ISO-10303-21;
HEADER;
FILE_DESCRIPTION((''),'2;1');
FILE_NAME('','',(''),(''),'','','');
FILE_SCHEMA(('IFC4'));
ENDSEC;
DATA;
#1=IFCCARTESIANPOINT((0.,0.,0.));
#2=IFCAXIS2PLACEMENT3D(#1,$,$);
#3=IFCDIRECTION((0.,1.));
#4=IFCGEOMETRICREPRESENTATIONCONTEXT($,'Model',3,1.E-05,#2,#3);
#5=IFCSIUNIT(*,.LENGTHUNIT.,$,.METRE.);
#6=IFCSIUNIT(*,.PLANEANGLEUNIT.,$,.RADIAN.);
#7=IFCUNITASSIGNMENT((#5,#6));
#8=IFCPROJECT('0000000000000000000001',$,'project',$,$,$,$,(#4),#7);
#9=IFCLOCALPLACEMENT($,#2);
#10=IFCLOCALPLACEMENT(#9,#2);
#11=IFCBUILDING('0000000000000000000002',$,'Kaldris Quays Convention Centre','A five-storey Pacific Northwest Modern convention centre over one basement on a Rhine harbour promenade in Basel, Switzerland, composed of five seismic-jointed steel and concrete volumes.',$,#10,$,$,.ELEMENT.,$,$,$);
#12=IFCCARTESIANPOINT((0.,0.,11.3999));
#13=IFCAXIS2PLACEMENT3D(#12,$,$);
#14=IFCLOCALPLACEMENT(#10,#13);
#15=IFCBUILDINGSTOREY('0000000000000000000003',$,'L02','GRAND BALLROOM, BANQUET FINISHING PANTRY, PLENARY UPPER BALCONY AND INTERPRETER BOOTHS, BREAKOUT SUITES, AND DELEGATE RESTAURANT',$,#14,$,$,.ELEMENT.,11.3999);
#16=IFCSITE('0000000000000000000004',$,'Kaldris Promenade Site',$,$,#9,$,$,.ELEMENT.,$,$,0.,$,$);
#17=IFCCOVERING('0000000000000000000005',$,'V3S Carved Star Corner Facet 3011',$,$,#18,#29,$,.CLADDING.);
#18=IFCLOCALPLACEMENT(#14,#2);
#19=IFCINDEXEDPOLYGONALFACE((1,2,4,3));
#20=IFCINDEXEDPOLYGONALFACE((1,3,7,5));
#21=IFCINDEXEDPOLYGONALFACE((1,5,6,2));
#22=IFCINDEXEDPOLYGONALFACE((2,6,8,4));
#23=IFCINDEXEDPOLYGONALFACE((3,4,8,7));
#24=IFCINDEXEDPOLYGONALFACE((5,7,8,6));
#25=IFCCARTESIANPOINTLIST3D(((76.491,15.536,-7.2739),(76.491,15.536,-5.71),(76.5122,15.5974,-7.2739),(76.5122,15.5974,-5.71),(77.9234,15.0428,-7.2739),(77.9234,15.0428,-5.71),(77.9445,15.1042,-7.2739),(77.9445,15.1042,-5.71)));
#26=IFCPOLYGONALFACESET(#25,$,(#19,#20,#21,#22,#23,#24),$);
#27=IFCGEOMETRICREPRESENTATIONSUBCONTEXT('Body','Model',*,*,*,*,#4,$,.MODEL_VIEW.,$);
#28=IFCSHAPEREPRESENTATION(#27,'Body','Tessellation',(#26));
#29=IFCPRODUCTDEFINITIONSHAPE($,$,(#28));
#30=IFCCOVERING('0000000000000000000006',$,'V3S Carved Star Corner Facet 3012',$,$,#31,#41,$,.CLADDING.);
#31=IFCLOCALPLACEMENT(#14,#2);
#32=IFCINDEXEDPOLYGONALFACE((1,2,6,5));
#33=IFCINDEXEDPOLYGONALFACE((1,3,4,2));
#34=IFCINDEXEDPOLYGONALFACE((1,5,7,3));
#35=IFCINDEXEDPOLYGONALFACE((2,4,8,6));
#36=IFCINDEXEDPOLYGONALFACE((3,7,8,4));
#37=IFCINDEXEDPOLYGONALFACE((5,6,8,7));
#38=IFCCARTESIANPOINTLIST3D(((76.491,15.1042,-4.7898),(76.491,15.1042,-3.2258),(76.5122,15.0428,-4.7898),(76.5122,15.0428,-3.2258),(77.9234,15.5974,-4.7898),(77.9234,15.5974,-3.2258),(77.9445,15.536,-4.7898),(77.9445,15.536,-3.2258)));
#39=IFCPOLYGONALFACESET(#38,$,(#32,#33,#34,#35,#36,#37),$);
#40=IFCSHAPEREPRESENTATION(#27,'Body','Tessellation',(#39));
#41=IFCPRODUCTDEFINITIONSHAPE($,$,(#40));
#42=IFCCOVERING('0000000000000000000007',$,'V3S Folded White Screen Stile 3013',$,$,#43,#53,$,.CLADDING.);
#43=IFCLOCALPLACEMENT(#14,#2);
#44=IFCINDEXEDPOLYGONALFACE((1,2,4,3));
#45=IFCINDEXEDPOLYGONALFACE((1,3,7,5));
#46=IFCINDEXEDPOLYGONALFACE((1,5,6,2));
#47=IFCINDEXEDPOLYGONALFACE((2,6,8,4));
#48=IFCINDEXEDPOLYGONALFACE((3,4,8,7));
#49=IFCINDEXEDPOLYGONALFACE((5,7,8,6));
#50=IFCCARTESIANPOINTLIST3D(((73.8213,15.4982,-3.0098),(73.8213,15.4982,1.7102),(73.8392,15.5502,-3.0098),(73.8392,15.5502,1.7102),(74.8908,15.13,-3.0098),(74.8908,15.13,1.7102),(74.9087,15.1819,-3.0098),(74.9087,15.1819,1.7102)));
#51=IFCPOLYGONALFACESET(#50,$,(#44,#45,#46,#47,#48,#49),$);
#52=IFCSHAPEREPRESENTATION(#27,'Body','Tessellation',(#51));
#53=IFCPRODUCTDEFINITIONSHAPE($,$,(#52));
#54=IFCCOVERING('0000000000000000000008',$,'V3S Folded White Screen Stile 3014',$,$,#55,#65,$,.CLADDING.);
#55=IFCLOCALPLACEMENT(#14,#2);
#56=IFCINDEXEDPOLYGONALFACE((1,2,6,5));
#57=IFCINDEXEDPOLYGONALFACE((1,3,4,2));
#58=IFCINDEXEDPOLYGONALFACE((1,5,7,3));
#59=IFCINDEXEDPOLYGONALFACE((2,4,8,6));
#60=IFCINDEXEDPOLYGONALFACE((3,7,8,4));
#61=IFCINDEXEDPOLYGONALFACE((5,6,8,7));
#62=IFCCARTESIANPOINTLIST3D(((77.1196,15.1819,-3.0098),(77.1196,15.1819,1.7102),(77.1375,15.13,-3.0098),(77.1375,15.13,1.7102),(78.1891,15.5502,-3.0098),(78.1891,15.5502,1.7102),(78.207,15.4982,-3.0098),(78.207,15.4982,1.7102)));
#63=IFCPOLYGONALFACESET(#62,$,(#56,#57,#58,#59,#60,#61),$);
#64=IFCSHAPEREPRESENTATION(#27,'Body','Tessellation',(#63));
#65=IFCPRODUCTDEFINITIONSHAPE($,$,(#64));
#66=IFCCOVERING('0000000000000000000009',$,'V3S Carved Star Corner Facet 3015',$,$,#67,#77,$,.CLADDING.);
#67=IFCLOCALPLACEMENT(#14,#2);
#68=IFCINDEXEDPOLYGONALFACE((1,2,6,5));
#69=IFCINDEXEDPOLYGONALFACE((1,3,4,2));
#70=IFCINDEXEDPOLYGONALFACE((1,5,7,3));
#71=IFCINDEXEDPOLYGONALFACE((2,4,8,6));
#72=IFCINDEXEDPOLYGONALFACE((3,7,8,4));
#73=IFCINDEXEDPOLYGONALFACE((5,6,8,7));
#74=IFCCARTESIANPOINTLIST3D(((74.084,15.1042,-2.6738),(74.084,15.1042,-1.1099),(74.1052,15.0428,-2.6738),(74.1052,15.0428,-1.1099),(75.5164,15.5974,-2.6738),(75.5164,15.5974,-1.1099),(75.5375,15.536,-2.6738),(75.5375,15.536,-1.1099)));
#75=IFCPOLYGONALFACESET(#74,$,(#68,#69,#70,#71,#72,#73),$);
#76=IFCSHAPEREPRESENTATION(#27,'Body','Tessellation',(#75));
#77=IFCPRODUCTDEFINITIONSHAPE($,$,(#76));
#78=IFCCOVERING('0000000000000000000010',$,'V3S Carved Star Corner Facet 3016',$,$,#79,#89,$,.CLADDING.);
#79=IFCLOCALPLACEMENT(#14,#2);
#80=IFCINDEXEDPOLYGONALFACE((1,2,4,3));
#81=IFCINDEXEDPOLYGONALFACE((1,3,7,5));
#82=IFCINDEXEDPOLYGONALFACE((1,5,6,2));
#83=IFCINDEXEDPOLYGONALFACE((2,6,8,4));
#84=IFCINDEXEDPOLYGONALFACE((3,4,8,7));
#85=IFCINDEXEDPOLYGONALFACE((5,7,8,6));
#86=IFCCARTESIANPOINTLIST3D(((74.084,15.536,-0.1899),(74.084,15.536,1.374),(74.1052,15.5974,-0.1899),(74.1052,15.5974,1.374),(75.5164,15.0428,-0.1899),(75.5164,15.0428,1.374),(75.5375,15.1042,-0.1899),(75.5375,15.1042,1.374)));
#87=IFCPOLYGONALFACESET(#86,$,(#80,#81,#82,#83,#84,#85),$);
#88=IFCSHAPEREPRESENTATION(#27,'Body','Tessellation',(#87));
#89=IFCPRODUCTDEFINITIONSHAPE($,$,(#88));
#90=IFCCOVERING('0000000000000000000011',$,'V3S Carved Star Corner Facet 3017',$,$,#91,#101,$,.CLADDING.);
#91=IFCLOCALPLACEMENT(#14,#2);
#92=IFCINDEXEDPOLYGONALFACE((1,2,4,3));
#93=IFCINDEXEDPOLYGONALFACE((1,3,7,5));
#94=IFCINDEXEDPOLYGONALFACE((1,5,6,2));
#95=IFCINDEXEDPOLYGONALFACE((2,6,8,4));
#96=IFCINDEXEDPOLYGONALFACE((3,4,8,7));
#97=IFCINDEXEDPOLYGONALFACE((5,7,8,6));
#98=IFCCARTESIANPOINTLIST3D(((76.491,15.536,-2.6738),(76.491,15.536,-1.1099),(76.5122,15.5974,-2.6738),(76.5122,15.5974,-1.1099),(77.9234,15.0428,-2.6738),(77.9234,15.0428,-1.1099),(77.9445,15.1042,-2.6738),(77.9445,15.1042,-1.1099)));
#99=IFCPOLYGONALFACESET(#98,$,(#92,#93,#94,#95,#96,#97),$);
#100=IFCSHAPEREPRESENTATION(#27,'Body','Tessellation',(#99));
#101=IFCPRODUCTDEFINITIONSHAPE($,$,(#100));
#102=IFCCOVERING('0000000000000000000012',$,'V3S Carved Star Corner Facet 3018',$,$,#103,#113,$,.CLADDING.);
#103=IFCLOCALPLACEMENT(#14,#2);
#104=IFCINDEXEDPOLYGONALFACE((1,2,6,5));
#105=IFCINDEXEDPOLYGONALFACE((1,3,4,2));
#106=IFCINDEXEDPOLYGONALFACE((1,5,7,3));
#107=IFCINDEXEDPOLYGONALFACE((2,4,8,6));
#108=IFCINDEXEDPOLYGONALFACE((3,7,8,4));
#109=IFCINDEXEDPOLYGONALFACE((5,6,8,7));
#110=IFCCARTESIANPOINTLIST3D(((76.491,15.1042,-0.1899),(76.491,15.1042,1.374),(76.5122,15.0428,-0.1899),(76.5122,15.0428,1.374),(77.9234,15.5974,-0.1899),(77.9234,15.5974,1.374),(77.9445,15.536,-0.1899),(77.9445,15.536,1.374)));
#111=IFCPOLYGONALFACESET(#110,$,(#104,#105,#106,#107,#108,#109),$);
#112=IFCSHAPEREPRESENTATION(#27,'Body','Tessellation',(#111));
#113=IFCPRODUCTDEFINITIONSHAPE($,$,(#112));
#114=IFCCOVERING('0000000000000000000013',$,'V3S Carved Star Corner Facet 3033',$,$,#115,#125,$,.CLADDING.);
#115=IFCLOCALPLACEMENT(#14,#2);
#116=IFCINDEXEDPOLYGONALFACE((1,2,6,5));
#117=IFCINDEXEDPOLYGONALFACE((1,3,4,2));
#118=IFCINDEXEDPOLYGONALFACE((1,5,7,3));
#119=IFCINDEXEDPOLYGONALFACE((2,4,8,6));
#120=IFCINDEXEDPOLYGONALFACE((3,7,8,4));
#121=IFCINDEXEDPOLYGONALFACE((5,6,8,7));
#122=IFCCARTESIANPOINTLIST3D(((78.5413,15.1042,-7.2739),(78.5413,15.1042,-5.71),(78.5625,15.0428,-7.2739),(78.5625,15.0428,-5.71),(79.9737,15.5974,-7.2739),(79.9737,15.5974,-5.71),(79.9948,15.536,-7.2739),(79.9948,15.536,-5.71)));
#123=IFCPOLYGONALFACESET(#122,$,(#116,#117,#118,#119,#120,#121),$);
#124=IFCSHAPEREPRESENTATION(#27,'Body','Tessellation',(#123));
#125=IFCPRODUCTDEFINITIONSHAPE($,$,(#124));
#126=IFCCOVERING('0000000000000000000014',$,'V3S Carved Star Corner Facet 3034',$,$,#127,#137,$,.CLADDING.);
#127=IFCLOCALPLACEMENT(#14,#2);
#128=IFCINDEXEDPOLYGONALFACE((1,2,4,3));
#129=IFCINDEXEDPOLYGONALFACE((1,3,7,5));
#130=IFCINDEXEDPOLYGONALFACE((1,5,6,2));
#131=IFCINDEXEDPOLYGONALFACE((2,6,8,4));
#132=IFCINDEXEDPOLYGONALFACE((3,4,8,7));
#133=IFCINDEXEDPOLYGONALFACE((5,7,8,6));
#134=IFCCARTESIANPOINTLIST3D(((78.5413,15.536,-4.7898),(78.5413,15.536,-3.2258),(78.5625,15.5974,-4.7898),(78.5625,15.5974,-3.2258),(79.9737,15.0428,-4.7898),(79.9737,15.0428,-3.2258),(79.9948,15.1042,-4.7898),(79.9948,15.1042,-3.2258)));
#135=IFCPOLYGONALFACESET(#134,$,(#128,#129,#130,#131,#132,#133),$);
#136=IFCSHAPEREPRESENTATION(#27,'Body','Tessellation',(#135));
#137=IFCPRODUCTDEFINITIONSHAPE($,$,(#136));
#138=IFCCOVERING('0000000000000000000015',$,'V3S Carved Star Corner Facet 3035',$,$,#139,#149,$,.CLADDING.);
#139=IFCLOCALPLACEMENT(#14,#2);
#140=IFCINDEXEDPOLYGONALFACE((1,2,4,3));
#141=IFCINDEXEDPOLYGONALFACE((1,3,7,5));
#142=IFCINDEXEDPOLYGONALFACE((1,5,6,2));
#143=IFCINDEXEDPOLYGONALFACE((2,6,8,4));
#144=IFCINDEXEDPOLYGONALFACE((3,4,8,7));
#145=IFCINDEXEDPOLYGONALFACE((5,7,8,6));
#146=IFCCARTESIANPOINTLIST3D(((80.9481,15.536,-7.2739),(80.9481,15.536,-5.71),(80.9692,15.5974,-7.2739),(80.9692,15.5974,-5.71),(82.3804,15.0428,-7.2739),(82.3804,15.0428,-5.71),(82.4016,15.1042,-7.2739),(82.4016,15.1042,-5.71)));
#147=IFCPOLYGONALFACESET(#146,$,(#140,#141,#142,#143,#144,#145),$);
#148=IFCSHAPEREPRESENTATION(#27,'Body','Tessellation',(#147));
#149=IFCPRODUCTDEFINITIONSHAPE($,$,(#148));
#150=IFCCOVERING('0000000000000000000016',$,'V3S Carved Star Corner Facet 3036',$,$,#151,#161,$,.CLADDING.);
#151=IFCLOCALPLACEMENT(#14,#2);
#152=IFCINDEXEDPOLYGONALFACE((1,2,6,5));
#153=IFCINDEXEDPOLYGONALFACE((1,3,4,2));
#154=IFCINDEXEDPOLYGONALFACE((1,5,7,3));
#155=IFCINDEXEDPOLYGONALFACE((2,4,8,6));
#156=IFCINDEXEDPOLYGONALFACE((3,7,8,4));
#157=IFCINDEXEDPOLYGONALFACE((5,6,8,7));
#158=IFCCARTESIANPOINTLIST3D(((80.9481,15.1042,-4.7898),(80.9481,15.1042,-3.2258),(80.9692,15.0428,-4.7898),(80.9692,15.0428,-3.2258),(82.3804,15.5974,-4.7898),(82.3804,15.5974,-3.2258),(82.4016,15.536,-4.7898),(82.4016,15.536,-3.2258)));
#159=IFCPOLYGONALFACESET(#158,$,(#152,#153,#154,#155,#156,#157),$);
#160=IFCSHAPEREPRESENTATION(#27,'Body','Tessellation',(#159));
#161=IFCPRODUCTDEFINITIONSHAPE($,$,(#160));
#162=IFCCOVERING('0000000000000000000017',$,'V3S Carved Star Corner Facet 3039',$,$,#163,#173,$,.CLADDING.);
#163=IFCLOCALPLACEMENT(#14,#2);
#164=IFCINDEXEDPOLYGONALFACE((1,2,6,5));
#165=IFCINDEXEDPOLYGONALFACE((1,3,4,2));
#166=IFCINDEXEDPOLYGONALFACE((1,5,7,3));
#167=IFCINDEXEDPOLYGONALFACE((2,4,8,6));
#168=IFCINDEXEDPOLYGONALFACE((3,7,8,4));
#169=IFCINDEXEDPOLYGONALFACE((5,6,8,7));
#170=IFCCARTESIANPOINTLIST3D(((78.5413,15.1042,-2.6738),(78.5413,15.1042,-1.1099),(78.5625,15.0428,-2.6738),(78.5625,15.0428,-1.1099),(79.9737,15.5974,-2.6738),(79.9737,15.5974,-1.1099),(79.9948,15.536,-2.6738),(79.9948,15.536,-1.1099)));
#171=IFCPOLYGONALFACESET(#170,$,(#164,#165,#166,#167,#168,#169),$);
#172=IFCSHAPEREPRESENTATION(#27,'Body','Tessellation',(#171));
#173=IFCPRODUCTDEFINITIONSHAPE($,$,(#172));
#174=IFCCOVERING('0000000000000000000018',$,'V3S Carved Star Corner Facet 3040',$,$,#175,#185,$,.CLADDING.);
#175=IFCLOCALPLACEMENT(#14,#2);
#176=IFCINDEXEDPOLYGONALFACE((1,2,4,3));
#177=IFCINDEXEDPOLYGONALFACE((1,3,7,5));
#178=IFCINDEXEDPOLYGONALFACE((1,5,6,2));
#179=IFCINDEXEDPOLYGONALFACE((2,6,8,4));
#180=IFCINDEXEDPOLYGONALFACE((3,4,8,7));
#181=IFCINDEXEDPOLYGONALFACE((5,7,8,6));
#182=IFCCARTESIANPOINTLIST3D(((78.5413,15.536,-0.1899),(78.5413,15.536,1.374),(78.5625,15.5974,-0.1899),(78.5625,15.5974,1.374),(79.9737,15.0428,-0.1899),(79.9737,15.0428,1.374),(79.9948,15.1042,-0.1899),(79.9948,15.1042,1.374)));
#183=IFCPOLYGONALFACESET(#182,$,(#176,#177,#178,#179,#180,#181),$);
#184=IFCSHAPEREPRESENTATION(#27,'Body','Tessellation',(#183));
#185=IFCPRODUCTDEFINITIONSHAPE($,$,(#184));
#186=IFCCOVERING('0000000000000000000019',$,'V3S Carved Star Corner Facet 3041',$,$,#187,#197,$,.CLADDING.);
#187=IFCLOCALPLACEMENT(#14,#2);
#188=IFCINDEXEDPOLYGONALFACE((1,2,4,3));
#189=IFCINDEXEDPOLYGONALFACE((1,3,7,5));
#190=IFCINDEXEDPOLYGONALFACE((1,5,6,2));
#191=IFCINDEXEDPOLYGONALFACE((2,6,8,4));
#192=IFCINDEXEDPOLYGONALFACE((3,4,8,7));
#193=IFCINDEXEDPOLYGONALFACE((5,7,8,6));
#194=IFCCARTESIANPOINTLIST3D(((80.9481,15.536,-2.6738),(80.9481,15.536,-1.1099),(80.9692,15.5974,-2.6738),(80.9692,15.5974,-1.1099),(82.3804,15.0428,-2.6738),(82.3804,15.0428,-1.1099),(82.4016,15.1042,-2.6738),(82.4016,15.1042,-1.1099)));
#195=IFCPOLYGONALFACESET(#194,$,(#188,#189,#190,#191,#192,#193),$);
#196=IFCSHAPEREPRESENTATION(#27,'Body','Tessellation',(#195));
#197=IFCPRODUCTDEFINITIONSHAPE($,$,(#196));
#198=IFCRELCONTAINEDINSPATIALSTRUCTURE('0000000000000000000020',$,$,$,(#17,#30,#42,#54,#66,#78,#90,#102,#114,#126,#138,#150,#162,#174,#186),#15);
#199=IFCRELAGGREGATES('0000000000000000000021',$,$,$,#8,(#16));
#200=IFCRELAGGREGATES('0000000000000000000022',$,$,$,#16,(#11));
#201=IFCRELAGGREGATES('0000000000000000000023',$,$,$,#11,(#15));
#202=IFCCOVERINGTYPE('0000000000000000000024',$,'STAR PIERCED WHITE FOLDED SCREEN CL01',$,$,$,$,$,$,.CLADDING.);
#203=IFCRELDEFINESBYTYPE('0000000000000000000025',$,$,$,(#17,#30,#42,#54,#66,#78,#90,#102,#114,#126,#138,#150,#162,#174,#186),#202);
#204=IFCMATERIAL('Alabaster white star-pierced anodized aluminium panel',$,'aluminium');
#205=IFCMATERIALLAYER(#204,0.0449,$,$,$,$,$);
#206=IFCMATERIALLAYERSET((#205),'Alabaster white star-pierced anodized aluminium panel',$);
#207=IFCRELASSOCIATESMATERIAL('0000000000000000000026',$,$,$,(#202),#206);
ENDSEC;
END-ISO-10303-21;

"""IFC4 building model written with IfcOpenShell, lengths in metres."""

from ifc_helpers import new_model, si_unit, direction, frame, origin, origin_2d, place, context, subcontext, project, spatial, rectangle, extrude, material, layer, layer_set, type_object, element, save


model = new_model("IFC4")

# Units and contexts
model_context = context("Model", 3, precision=1e-05, world=origin(), true_north=direction((0.0, 1.0)))
body_context = subcontext(model_context, "Body", "Model", "MODEL_VIEW")
ifc_project = project(units=[si_unit("LENGTHUNIT", "METRE"), si_unit("PLANEANGLEUNIT", "RADIAN")], contexts=[model_context])

# Site, building, storey
site_placement = place(None, origin())
site = spatial("IfcSite", under=ifc_project, at=site_placement, Name="Kaldris Promenade Site", CompositionType="ELEMENT", RefElevation=0.0)
building_placement = place(site_placement, origin())
building = spatial("IfcBuilding", under=site, at=building_placement, Name="Kaldris Quays Convention Centre", Description="A five-storey Pacific Northwest Modern convention centre over one basement on a Rhine harbour promenade in Basel, Switzerland, composed of five seismic-jointed steel and concrete volumes.", CompositionType="ELEMENT")
storey_placement = place(building_placement, frame((0.0, 0.0, 11.3999)))
storey = spatial("IfcBuildingStorey", under=building, at=storey_placement, Name="L02", Description="GRAND BALLROOM, BANQUET FINISHING PANTRY, PLENARY UPPER BALCONY AND INTERPRETER BOOTHS, BREAKOUT SUITES, AND DELEGATE RESTAURANT", CompositionType="ELEMENT", Elevation=11.3999)

# Coverings
ifc_material = material(Name="Alabaster white star-pierced anodized aluminium panel", Category="aluminium")
ifc_layer = layer(ifc_material, 0.0449)
ifc_layer_set = layer_set([ifc_layer], Name="Alabaster white star-pierced anodized aluminium panel")
covering_type = type_object("IfcCoveringType", Name="STAR PIERCED WHITE FOLDED SCREEN CL01", PredefinedType="CLADDING", material=ifc_layer_set)
for number, where, z_axis, x_axis, name in (
    (1, (77.2178, 15.3201, -7.2739), (0.0, 0.0, 1.0), (0.945519, -0.325568, 0.0), "V3S Carved Star Corner Facet 3011"),
    (2, (77.2178, 15.3201, -4.7898), (0.0, 0.0, 1.0), (0.945519, 0.325568, 0.0), "V3S Carved Star Corner Facet 3012"),
):
    element("IfcCovering", number, at=place(storey_placement, frame(where, z_axis=z_axis, x_axis=x_axis)), inside=storey, type_object=covering_type, Name=name, PredefinedType="CLADDING", context=body_context, shape_type="SweptSolid", body=[
        extrude(rectangle(XDim=1.5149, YDim=0.0649, at=origin_2d()), origin(), (0.0, 0.0, 1.0), 1.564),
    ])
for number, where, z_axis, x_axis, name in (
    (3, (74.365, 15.3401, -3.0098), (0.0, 0.0, 1.0), (0.945519, -0.325568, 0.0), "V3S Folded White Screen Stile 3013"),
    (4, (77.6633, 15.3401, -3.0098), (0.0, 0.0, 1.0), (0.945519, 0.325568, 0.0), "V3S Folded White Screen Stile 3014"),
):
    element("IfcCovering", number, at=place(storey_placement, frame(where, z_axis=z_axis, x_axis=x_axis)), inside=storey, type_object=covering_type, Name=name, PredefinedType="CLADDING", context=body_context, shape_type="SweptSolid", body=[
        extrude(rectangle(XDim=1.1311, YDim=0.0549, at=origin_2d()), origin(), (0.0, 0.0, 1.0), 4.72),
    ])
for number, where, z_axis, x_axis, name in (
    (5, (74.8108, 15.3201, -2.6738), (0.0, 0.0, 1.0), (0.945519, 0.325568, 0.0), "V3S Carved Star Corner Facet 3015"),
    (6, (74.8108, 15.3201, -0.1899), (0.0, 0.0, 1.0), (0.945519, -0.325568, 0.0), "V3S Carved Star Corner Facet 3016"),
    (7, (77.2178, 15.3201, -2.6738), (0.0, 0.0, 1.0), (0.945519, -0.325568, 0.0), "V3S Carved Star Corner Facet 3017"),
    (8, (77.2178, 15.3201, -0.1899), (0.0, 0.0, 1.0), (0.945519, 0.325568, 0.0), "V3S Carved Star Corner Facet 3018"),
    (9, (79.2681, 15.3201, -7.2739), (0.0, 0.0, 1.0), (0.945519, 0.325568, 0.0), "V3S Carved Star Corner Facet 3033"),
    (10, (79.2681, 15.3201, -4.7898), (0.0, 0.0, 1.0), (0.945519, -0.325568, 0.0), "V3S Carved Star Corner Facet 3034"),
    (11, (81.6748, 15.3201, -7.2739), (0.0, 0.0, 1.0), (0.945519, -0.325568, 0.0), "V3S Carved Star Corner Facet 3035"),
    (12, (81.6748, 15.3201, -4.7898), (0.0, 0.0, 1.0), (0.945519, 0.325568, 0.0), "V3S Carved Star Corner Facet 3036"),
    (13, (79.2681, 15.3201, -2.6738), (0.0, 0.0, 1.0), (0.945519, 0.325568, 0.0), "V3S Carved Star Corner Facet 3039"),
    (14, (79.2681, 15.3201, -0.1899), (0.0, 0.0, 1.0), (0.945519, -0.325568, 0.0), "V3S Carved Star Corner Facet 3040"),
    (15, (81.6748, 15.3201, -2.6738), (0.0, 0.0, 1.0), (0.945519, -0.325568, 0.0), "V3S Carved Star Corner Facet 3041"),
):
    element("IfcCovering", number, at=place(storey_placement, frame(where, z_axis=z_axis, x_axis=x_axis)), inside=storey, type_object=covering_type, Name=name, PredefinedType="CLADDING", context=body_context, shape_type="SweptSolid", body=[
        extrude(rectangle(XDim=1.5149, YDim=0.0649, at=origin_2d()), origin(), (0.0, 0.0, 1.0), 1.564),
    ])

save(model, "model.ifc")
